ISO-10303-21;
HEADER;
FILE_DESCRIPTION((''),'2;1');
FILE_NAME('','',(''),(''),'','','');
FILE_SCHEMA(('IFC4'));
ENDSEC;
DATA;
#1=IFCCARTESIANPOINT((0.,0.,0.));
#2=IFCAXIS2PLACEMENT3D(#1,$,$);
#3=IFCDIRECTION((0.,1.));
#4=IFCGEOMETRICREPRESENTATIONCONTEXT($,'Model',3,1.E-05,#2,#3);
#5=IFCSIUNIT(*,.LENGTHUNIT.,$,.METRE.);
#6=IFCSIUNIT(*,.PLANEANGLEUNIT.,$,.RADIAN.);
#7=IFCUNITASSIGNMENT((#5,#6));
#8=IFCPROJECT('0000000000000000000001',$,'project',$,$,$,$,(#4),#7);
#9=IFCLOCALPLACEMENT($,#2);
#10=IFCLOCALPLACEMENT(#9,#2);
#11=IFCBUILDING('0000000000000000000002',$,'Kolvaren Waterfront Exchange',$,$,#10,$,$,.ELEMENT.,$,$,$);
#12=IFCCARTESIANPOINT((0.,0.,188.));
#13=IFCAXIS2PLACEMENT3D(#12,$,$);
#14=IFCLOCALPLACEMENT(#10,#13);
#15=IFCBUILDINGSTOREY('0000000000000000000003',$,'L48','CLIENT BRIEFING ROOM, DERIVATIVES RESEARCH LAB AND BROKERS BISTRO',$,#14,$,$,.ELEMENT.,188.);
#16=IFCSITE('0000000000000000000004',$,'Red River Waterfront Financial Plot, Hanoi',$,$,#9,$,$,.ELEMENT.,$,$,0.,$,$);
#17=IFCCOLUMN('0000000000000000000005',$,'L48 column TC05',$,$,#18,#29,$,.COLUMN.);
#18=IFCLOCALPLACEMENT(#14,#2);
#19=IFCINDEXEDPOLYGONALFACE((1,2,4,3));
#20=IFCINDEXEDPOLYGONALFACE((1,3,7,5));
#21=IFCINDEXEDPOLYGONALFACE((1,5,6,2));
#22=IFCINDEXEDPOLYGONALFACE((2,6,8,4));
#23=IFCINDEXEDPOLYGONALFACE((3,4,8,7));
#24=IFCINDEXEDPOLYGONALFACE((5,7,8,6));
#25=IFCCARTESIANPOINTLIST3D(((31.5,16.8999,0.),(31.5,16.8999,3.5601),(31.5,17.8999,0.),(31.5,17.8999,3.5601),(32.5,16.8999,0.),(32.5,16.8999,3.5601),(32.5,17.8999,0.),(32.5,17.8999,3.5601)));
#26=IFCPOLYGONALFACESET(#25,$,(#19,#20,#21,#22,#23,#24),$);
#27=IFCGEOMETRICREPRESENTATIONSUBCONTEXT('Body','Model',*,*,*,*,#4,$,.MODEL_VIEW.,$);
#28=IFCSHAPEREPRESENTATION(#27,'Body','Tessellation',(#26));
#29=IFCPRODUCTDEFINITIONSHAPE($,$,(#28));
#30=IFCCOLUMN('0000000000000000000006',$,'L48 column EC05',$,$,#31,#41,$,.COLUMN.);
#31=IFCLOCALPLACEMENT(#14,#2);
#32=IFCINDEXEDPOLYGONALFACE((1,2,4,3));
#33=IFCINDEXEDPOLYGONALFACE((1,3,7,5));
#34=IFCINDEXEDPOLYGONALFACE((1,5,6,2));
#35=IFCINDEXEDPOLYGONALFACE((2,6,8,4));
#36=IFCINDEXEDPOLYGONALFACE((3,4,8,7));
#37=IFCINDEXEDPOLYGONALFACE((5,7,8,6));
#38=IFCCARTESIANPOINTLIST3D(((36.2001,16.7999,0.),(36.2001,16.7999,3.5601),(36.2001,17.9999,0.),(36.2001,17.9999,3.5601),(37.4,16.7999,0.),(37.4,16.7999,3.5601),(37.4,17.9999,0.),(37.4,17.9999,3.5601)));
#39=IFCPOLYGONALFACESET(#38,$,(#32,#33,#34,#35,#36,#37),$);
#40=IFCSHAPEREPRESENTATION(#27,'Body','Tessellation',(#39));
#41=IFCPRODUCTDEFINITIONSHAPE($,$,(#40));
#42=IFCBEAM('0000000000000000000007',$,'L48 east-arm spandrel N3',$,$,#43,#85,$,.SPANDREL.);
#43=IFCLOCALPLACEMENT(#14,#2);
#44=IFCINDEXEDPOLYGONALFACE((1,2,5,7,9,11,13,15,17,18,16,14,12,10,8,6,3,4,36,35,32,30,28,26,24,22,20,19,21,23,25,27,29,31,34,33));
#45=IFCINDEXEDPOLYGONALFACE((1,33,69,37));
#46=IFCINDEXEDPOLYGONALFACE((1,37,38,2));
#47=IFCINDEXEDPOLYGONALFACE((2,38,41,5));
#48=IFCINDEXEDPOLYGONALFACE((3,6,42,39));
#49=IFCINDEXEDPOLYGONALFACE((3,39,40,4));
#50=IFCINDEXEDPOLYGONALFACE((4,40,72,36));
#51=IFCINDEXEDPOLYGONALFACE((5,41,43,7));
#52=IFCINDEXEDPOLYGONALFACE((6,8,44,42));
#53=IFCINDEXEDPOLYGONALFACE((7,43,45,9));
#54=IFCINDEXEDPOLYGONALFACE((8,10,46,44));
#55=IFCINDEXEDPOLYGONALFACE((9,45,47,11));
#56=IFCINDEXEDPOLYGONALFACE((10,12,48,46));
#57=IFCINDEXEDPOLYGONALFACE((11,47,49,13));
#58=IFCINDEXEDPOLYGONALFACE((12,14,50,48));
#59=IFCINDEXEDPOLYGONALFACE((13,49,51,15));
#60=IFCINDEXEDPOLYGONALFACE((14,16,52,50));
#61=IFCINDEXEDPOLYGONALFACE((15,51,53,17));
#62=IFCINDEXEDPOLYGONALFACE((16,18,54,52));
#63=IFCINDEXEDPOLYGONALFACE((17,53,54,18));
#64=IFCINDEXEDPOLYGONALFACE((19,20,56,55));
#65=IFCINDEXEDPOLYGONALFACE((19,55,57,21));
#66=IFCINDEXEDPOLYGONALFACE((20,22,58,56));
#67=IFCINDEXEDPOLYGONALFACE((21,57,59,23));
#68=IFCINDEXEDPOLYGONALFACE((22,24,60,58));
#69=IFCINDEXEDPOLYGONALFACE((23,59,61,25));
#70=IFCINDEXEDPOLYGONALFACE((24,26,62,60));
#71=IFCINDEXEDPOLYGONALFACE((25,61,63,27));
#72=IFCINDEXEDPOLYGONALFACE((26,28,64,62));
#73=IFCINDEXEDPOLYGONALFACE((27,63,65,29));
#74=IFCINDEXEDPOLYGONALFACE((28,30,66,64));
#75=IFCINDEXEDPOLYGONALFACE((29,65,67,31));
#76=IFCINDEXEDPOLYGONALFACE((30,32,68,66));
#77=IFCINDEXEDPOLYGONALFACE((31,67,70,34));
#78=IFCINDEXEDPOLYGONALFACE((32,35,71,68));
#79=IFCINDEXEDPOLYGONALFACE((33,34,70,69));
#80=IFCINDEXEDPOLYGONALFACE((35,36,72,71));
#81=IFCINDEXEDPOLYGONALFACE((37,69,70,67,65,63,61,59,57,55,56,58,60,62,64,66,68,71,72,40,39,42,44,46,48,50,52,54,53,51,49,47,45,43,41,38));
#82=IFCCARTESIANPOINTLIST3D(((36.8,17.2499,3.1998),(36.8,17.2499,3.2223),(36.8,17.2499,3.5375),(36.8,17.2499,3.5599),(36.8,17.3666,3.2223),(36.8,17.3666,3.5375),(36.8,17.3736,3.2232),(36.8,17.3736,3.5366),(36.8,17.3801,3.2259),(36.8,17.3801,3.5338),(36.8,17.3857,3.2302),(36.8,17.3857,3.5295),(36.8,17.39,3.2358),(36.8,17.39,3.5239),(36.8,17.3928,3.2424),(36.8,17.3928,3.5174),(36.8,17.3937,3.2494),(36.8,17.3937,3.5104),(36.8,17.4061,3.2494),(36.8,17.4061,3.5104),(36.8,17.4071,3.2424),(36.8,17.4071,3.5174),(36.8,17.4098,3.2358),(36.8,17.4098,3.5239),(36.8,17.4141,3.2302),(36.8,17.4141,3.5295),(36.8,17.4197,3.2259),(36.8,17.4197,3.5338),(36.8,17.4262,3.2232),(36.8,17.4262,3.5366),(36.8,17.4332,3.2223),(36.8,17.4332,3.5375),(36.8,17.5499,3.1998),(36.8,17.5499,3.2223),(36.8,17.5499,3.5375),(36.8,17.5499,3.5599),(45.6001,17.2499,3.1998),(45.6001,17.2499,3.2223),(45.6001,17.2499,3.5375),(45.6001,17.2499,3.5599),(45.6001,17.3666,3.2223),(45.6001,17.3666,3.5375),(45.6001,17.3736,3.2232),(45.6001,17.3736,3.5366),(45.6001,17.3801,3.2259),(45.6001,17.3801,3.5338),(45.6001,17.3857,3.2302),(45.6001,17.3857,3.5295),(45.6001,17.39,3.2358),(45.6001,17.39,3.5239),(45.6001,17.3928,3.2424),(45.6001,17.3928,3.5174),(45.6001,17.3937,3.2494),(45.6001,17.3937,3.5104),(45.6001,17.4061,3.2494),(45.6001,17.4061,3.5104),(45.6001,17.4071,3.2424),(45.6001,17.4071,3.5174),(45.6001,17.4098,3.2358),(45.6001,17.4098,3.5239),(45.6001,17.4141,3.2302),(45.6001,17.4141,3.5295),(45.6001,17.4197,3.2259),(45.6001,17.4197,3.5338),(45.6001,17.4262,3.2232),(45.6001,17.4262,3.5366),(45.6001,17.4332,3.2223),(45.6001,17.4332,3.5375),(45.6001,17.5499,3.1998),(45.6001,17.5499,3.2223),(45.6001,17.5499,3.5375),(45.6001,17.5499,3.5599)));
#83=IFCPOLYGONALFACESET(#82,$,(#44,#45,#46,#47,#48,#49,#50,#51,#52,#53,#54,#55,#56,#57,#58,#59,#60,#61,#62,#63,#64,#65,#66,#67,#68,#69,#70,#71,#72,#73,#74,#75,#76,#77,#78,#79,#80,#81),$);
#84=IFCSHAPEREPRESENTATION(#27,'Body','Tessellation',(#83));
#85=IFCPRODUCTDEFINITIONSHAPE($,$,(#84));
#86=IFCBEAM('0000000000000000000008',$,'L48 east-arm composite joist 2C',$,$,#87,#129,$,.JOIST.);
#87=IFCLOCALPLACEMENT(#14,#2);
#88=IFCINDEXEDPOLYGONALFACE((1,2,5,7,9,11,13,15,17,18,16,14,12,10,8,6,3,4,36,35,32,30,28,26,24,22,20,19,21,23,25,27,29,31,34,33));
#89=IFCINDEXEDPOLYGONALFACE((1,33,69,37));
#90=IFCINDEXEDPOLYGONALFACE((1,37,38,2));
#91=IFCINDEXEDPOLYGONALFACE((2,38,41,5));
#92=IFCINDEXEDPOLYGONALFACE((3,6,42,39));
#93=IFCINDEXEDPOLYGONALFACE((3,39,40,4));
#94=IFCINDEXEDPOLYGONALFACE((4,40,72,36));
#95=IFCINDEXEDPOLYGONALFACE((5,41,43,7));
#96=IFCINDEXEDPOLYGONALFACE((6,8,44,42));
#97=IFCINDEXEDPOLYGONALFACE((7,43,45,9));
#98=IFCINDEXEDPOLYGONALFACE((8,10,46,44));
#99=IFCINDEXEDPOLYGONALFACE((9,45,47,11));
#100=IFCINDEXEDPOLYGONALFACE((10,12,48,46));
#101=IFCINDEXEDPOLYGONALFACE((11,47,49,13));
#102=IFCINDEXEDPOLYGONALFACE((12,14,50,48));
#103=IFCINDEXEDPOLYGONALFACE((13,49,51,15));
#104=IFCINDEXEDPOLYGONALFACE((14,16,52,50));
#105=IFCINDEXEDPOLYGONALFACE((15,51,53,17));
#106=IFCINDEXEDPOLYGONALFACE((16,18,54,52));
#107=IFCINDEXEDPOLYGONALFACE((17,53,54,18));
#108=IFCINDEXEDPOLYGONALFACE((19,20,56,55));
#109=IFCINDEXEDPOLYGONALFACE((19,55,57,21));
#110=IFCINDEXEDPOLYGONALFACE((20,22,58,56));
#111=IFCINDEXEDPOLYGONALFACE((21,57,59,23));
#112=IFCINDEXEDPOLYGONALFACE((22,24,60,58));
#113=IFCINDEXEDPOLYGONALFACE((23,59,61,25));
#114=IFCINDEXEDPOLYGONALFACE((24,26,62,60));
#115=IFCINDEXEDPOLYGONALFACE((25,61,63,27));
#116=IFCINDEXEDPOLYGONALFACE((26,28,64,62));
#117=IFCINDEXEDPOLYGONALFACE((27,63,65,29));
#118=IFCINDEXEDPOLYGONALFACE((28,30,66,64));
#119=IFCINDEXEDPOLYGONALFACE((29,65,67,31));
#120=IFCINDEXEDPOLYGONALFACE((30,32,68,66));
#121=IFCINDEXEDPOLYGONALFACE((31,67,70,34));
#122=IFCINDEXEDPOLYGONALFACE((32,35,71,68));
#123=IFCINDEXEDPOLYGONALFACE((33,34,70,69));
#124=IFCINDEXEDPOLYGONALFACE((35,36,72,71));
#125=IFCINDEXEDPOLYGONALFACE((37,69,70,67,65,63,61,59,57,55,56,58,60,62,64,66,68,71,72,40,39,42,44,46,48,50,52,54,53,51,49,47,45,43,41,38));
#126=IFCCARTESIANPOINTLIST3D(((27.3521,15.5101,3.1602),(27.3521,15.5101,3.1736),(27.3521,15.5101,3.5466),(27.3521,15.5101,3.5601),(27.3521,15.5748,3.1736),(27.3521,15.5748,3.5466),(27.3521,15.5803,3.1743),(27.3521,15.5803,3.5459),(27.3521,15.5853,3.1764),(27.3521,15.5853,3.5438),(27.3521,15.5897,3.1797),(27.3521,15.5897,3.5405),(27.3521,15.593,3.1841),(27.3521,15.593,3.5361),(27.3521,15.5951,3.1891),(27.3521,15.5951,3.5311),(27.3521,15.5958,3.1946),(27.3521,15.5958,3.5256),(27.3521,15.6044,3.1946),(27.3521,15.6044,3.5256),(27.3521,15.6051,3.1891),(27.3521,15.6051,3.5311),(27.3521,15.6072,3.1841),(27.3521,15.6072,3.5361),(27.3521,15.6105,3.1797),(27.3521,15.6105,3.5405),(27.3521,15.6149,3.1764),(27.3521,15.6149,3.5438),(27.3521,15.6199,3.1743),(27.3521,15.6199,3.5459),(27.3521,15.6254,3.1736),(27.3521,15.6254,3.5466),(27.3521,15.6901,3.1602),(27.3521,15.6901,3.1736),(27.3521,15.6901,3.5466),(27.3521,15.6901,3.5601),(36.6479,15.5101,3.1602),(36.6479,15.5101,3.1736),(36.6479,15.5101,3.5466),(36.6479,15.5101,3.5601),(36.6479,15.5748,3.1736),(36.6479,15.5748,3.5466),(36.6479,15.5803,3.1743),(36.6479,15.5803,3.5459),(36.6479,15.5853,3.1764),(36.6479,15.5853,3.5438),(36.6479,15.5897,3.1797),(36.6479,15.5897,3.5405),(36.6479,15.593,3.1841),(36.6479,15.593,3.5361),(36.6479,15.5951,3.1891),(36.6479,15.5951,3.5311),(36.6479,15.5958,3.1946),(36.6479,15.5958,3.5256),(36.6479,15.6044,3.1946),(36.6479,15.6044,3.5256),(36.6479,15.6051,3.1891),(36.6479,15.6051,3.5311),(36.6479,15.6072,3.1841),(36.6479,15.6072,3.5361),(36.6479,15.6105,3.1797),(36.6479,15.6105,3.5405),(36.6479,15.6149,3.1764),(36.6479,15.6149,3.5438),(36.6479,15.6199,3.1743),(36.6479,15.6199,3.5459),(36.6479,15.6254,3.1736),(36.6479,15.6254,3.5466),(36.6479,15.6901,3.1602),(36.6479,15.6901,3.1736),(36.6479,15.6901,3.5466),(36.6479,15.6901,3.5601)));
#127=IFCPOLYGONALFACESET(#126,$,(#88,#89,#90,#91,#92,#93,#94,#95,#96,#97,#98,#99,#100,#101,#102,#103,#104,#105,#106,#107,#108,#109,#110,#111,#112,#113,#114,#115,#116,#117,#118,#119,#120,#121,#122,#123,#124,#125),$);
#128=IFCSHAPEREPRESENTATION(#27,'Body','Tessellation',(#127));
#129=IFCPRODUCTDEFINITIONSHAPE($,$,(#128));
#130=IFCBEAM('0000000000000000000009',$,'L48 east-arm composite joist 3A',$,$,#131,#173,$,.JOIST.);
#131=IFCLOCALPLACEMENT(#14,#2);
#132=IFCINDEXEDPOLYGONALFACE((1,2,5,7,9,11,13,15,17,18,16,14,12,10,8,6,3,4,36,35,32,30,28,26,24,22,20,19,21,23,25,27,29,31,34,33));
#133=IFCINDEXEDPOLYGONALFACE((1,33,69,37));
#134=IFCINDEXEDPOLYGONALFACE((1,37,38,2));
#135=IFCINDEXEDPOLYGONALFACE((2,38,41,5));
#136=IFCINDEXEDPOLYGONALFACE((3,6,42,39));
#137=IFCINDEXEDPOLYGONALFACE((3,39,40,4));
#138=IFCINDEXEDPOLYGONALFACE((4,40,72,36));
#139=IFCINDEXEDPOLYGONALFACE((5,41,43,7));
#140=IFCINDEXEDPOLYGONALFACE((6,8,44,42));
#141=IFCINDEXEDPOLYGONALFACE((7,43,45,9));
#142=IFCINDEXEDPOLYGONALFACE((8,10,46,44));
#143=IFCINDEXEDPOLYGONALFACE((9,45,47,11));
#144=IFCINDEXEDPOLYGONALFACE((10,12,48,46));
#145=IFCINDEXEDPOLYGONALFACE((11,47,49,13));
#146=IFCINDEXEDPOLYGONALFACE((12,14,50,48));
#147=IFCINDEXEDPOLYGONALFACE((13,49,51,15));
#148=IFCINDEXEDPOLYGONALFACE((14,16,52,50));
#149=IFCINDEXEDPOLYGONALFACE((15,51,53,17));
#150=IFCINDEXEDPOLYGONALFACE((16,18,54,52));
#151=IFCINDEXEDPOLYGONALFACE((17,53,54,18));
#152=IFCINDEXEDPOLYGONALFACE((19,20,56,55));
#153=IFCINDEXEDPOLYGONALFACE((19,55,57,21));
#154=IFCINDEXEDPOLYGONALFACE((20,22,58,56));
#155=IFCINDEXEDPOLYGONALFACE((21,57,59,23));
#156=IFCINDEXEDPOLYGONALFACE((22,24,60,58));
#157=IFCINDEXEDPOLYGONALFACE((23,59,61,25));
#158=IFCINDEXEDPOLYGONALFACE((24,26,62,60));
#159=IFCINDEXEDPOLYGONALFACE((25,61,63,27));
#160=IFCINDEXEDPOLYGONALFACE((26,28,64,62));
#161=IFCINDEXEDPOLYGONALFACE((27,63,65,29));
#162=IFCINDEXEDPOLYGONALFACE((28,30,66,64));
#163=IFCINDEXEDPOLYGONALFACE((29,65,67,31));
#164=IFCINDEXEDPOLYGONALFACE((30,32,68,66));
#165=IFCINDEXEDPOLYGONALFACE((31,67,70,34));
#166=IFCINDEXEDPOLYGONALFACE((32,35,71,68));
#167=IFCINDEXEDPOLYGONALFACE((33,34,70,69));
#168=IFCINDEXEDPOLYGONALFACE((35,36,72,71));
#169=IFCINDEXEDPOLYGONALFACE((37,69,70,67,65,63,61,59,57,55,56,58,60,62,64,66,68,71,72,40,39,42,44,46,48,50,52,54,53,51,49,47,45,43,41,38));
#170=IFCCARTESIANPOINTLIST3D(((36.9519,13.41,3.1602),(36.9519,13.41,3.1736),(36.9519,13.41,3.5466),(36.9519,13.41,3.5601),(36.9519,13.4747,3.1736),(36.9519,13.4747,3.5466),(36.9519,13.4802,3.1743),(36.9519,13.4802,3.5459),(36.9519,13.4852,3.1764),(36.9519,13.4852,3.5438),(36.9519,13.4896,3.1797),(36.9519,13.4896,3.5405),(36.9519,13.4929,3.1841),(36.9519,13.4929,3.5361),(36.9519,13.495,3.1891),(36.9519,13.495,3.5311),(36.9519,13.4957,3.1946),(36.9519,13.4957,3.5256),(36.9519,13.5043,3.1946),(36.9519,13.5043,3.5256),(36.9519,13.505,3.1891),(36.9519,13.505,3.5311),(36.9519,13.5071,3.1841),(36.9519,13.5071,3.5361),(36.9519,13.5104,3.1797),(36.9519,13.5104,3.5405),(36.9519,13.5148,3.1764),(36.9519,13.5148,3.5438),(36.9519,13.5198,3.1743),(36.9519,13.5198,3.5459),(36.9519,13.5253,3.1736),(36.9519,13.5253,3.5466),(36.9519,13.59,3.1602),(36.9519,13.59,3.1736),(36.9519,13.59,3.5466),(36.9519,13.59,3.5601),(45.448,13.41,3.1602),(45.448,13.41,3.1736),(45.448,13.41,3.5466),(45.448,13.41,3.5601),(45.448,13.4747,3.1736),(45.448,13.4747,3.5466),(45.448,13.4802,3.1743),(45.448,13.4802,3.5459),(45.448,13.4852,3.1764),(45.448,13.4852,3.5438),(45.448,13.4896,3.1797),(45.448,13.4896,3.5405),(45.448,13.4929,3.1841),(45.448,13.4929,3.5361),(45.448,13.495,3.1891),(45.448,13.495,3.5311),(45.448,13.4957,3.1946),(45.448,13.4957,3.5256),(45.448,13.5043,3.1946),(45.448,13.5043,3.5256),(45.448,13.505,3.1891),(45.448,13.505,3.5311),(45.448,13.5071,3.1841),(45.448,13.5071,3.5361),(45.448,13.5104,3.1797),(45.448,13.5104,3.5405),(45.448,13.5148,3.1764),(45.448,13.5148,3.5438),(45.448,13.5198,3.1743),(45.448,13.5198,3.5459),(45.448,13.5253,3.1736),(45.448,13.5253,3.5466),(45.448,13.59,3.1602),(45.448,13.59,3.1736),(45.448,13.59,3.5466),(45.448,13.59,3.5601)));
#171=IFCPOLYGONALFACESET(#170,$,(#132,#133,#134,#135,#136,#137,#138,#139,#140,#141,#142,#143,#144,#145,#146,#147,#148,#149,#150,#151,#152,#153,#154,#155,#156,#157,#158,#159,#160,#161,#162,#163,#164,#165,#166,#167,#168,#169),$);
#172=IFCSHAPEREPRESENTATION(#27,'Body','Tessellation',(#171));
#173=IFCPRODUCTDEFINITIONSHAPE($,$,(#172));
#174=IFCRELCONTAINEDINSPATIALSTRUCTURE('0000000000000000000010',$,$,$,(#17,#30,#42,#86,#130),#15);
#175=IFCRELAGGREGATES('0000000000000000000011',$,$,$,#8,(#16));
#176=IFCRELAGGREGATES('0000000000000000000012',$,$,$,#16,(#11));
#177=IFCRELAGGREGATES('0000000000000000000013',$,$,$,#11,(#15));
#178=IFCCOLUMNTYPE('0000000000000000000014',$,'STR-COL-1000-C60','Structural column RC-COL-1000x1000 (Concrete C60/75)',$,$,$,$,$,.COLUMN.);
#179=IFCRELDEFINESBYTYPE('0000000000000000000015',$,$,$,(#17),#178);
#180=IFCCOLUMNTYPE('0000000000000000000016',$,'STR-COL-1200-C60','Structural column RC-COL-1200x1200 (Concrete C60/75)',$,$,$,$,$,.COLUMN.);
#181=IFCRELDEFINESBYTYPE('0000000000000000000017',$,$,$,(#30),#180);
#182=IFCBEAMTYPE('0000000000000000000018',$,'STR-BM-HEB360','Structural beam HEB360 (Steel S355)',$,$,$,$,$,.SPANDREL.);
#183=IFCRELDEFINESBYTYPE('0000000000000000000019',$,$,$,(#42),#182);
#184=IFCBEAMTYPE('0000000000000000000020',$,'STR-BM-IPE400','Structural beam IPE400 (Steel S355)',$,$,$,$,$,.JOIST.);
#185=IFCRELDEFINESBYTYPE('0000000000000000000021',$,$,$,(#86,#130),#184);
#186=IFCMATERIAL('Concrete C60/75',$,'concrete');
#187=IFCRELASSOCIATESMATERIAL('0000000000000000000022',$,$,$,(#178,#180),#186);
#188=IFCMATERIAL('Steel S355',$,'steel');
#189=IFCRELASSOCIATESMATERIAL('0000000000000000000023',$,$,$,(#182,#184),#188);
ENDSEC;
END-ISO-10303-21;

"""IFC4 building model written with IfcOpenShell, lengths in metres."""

from ifc_helpers import new_model, si_unit, direction, frame, origin, origin_2d, place, context, subcontext, project, spatial, rectangle, i_section, extrude, material, material_profile, profile_set, type_object, element, save


model = new_model("IFC4")

# Units and contexts
model_context = context("Model", 3, precision=1e-05, world=origin(), true_north=direction((0.0, 1.0)))
body_context = subcontext(model_context, "Body", "Model", "MODEL_VIEW")
ifc_project = project(units=[si_unit("LENGTHUNIT", "METRE"), si_unit("PLANEANGLEUNIT", "RADIAN")], contexts=[model_context])

# Site, building, storey
site_placement = place(None, origin())
site = spatial("IfcSite", under=ifc_project, at=site_placement, Name="Red River Waterfront Financial Plot, Hanoi", CompositionType="ELEMENT", RefElevation=0.0)
building_placement = place(site_placement, origin())
building = spatial("IfcBuilding", under=site, at=building_placement, Name="Kolvaren Waterfront Exchange", CompositionType="ELEMENT")
storey_placement = place(building_placement, frame((0.0, 0.0, 188.0)))
storey = spatial("IfcBuildingStorey", under=building, at=storey_placement, Name="L48", Description="CLIENT BRIEFING ROOM, DERIVATIVES RESEARCH LAB AND BROKERS BISTRO", CompositionType="ELEMENT", Elevation=188.0)

# Columns
ifc_material_1 = material(Name="Concrete C60/75", Category="concrete")
ifc_material_profile_1 = material_profile(ifc_material_1, rectangle(XDim=1.0, YDim=1.0, at=origin_2d()), Name="RC-COL-1000x1000")
ifc_profile_set_1 = profile_set([ifc_material_profile_1], Name="Concrete C60/75")
column_type_1 = type_object("IfcColumnType", Name="STR-COL-1000-C60", Description="Structural column RC-COL-1000x1000 (Concrete C60/75)", PredefinedType="COLUMN", material=ifc_profile_set_1)
column_1_placement = place(storey_placement, frame((32.0, 17.3999, 0.0), z_axis=(0.0, 0.0, 1.0), x_axis=(1.0, 0.0, 0.0)))
element("IfcColumn", 1, at=column_1_placement, inside=storey, type_object=column_type_1, Name="L48 column TC05", PredefinedType="COLUMN", context=body_context, shape_type="SweptSolid", body=[
    extrude(rectangle(XDim=1.0, YDim=1.0, at=origin_2d()), origin(), (0.0, 0.0, 1.0), 3.5601),
])
ifc_material_profile_2 = material_profile(ifc_material_1, rectangle(XDim=1.2, YDim=1.2, at=origin_2d()), Name="RC-COL-1200x1200")
ifc_profile_set_2 = profile_set([ifc_material_profile_2], Name="Concrete C60/75")
column_type_2 = type_object("IfcColumnType", Name="STR-COL-1200-C60", Description="Structural column RC-COL-1200x1200 (Concrete C60/75)", PredefinedType="COLUMN", material=ifc_profile_set_2)
column_2_placement = place(storey_placement, frame((36.8, 17.3999, 0.0), z_axis=(0.0, 0.0, 1.0), x_axis=(1.0, 0.0, 0.0)))
element("IfcColumn", 2, at=column_2_placement, inside=storey, type_object=column_type_2, Name="L48 column EC05", PredefinedType="COLUMN", context=body_context, shape_type="SweptSolid", body=[
    extrude(rectangle(XDim=1.2, YDim=1.2, at=origin_2d()), origin(), (0.0, 0.0, 1.0), 3.5601),
])

# Beams
ifc_material_2 = material(Name="Steel S355", Category="steel")
ifc_material_profile_3 = material_profile(ifc_material_2, i_section(OverallWidth=0.3, OverallDepth=0.3601, WebThickness=0.0125, FlangeThickness=0.0225, FilletRadius=0.0271, at=origin_2d()), Name="HEB360")
ifc_profile_set_3 = profile_set([ifc_material_profile_3], Name="Steel S355")
beam_type_1 = type_object("IfcBeamType", Name="STR-BM-HEB360", Description="Structural beam HEB360 (Steel S355)", PredefinedType="SPANDREL", material=ifc_profile_set_3)
beam_1_placement = place(storey_placement, frame((36.8, 17.3999, 3.3799), z_axis=(1.0, 0.0, 0.0), x_axis=(0.0, 1.0, 0.0)))
element("IfcBeam", 3, at=beam_1_placement, inside=storey, type_object=beam_type_1, Name="L48 east-arm spandrel N3", PredefinedType="SPANDREL", context=body_context, shape_type="SweptSolid", body=[
    extrude(i_section(OverallWidth=0.3, OverallDepth=0.3601, WebThickness=0.0125, FlangeThickness=0.0225, FilletRadius=0.0271, at=origin_2d()), origin(), (0.0, 0.0, 1.0), 8.8),
])
ifc_material_profile_4 = material_profile(ifc_material_2, i_section(OverallWidth=0.1799, OverallDepth=0.3999, WebThickness=0.0085, FlangeThickness=0.0134, FilletRadius=0.021, at=origin_2d()), Name="IPE400")
ifc_profile_set_4 = profile_set([ifc_material_profile_4], Name="Steel S355")
beam_type_2 = type_object("IfcBeamType", Name="STR-BM-IPE400", Description="Structural beam IPE400 (Steel S355)", PredefinedType="JOIST", material=ifc_profile_set_4)
beam_2_placement = place(storey_placement, frame((27.3521, 15.6001, 3.3601), z_axis=(1.0, 0.0, 0.0), x_axis=(0.0, 1.0, 0.0)))
element("IfcBeam", 4, at=beam_2_placement, inside=storey, type_object=beam_type_2, Name="L48 east-arm composite joist 2C", PredefinedType="JOIST", context=body_context, shape_type="SweptSolid", body=[
    extrude(i_section(OverallWidth=0.1799, OverallDepth=0.3999, WebThickness=0.0085, FlangeThickness=0.0134, FilletRadius=0.021, at=origin_2d()), origin(), (0.0, 0.0, 1.0), 9.2959),
])
for number, where, z_axis, x_axis, name in (
    (5, (36.9519, 13.5, 3.3601), (1.0, 0.0, 0.0), (0.0, 1.0, 0.0), "L48 east-arm composite joist 3A"),
):
    element("IfcBeam", number, at=place(storey_placement, frame(where, z_axis=z_axis, x_axis=x_axis)), inside=storey, type_object=beam_type_2, Name=name, PredefinedType="JOIST", context=body_context, shape_type="SweptSolid", body=[
        extrude(i_section(OverallWidth=0.1799, OverallDepth=0.3999, WebThickness=0.0085, FlangeThickness=0.0134, FilletRadius=0.021, at=origin_2d()), origin(), (0.0, 0.0, 1.0), 8.4961),
    ])

save(model, "model.ifc")
